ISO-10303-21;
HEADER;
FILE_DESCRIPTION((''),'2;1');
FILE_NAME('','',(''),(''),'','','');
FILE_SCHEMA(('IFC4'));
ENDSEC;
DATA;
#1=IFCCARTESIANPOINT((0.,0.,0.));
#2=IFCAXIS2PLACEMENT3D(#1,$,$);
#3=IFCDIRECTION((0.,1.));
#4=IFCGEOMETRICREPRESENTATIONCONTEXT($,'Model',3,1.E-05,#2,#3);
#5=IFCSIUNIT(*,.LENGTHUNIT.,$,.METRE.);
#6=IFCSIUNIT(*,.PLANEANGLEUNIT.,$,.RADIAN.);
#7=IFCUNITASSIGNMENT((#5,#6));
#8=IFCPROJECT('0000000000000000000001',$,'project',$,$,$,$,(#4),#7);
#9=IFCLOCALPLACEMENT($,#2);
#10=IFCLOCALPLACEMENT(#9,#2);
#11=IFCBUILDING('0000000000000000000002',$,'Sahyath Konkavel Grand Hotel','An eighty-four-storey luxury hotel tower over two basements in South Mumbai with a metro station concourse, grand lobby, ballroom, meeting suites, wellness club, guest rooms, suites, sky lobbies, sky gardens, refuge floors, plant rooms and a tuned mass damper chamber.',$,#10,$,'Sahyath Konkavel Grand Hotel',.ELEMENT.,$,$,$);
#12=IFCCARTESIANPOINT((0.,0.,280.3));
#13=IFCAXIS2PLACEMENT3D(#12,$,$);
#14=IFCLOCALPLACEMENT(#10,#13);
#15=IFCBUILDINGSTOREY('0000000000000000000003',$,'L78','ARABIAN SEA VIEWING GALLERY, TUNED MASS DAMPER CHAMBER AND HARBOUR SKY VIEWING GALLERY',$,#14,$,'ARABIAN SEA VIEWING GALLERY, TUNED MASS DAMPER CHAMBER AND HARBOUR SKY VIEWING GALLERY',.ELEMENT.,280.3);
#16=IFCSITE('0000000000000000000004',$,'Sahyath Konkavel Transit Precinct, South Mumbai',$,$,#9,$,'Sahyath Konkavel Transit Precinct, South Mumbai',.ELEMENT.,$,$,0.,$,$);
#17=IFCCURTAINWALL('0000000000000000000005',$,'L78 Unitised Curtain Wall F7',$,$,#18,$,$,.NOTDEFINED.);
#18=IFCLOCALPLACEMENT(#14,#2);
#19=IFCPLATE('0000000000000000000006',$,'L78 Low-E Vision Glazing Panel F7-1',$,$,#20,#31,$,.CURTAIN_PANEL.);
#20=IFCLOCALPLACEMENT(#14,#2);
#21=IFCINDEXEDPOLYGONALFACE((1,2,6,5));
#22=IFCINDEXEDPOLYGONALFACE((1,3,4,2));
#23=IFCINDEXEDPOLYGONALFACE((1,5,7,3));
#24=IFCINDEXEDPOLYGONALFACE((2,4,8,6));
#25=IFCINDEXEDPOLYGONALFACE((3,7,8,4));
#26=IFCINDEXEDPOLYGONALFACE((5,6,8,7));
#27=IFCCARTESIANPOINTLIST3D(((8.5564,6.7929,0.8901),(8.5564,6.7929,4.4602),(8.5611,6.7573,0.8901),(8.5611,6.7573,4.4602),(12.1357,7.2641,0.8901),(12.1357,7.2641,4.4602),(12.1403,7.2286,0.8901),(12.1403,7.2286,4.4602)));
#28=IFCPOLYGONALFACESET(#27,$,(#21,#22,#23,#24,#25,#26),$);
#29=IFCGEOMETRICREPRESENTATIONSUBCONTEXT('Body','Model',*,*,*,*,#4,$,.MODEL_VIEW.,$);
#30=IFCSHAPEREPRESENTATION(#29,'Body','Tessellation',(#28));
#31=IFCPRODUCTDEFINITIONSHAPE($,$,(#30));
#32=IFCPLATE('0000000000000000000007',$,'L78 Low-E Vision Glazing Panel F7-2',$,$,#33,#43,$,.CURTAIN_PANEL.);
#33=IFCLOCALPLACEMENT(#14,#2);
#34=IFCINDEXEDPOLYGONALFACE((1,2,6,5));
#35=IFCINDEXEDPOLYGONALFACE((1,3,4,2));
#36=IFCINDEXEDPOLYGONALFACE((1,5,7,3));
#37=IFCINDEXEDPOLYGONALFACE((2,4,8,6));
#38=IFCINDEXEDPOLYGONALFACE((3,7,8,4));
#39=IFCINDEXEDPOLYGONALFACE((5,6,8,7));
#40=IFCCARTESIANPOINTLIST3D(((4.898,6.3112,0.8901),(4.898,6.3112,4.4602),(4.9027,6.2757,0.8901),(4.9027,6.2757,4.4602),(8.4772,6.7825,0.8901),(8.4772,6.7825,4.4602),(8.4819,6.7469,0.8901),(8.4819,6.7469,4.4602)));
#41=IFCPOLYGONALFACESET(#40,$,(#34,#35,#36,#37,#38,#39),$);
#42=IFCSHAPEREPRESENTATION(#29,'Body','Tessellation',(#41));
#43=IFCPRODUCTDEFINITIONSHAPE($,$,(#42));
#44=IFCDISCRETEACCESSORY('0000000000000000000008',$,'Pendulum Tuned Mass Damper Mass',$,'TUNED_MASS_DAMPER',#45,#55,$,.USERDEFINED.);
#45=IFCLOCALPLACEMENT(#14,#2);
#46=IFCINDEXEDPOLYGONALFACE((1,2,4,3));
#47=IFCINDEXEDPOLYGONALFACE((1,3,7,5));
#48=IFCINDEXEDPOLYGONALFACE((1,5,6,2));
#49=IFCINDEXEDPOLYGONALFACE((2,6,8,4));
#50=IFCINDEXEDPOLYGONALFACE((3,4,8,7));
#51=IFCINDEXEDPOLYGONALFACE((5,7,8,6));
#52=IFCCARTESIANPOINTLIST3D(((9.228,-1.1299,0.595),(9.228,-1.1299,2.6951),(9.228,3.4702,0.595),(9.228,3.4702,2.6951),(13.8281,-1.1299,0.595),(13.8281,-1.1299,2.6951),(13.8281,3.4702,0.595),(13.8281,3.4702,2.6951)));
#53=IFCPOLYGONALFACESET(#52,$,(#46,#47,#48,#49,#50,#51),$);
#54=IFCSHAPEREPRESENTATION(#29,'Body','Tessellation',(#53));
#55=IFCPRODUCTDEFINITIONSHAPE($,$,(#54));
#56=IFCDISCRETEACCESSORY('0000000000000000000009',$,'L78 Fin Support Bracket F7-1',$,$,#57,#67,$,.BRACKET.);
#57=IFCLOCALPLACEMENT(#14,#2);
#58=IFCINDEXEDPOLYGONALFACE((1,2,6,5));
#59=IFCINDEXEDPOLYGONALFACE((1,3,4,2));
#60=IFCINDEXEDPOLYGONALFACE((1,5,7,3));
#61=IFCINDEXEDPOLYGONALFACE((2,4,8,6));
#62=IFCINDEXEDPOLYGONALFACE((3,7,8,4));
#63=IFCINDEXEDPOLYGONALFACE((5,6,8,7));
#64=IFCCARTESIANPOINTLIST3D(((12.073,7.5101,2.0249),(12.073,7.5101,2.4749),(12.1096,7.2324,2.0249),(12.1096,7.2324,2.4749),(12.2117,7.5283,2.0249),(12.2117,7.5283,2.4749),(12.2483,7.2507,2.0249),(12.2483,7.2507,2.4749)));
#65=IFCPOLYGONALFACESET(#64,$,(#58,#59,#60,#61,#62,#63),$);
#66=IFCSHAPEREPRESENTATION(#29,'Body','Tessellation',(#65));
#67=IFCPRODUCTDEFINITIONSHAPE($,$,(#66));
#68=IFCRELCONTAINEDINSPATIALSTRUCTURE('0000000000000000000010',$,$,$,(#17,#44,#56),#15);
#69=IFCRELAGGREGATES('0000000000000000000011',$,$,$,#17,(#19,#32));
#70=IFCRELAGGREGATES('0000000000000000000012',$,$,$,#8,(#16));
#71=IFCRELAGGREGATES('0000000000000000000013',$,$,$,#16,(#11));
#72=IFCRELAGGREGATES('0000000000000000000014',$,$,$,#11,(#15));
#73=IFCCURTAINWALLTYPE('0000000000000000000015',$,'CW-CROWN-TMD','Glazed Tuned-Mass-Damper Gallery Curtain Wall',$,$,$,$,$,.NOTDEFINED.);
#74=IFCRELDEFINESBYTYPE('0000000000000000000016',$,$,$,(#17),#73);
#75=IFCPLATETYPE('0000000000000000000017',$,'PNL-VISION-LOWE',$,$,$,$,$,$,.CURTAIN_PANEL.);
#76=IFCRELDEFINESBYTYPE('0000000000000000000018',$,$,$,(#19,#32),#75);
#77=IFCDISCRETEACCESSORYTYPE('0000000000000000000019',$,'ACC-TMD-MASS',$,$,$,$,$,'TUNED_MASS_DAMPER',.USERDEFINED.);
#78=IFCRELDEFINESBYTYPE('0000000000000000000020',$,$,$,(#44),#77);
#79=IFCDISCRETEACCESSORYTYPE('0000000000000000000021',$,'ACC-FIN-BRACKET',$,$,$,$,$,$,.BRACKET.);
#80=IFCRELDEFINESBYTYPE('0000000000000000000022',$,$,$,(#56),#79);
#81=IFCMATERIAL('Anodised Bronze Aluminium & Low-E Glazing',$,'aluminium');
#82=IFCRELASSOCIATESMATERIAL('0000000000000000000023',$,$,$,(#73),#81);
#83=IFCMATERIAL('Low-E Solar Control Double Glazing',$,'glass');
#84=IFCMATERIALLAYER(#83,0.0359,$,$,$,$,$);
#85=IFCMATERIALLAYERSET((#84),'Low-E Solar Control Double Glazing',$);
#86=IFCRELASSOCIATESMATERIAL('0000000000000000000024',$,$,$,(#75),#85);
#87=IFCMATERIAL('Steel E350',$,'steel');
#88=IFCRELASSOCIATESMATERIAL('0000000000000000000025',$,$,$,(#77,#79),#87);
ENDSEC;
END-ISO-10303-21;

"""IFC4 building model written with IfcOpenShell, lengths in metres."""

from ifc_helpers import new_model, si_unit, direction, frame, origin, origin_2d, place, context, subcontext, project, spatial, rectangle, extrude, source, transform, mapped, material, layer, layer_set, type_object, element, aggregate, save


model = new_model("IFC4")

# Units and contexts
model_context = context("Model", 3, precision=1e-05, world=origin(), true_north=direction((0.0, 1.0)))
body_context = subcontext(model_context, "Body", "Model", "MODEL_VIEW")
ifc_project = project(units=[si_unit("LENGTHUNIT", "METRE"), si_unit("PLANEANGLEUNIT", "RADIAN")], contexts=[model_context])

# Site, building, storey
site_placement = place(None, origin())
site = spatial("IfcSite", under=ifc_project, at=site_placement, Name="Sahyath Konkavel Transit Precinct, South Mumbai", LongName="Sahyath Konkavel Transit Precinct, South Mumbai", CompositionType="ELEMENT", RefElevation=0.0)
building_placement = place(site_placement, origin())
building = spatial("IfcBuilding", under=site, at=building_placement, Name="Sahyath Konkavel Grand Hotel", Description="An eighty-four-storey luxury hotel tower over two basements in South Mumbai with a metro station concourse, grand lobby, ballroom, meeting suites, wellness club, guest rooms, suites, sky lobbies, sky gardens, refuge floors, plant rooms and a tuned mass damper chamber.", LongName="Sahyath Konkavel Grand Hotel", CompositionType="ELEMENT")
storey_placement = place(building_placement, frame((0.0, 0.0, 280.3)))
storey = spatial("IfcBuildingStorey", under=building, at=storey_placement, Name="L78", Description="ARABIAN SEA VIEWING GALLERY, TUNED MASS DAMPER CHAMBER AND HARBOUR SKY VIEWING GALLERY", LongName="ARABIAN SEA VIEWING GALLERY, TUNED MASS DAMPER CHAMBER AND HARBOUR SKY VIEWING GALLERY", CompositionType="ELEMENT", Elevation=280.3)

# Shared definitions
ifc_material_1 = material(Name="Steel E350", Category="steel")

# Curtain wall
ifc_material_2 = material(Name="Anodised Bronze Aluminium & Low-E Glazing", Category="aluminium")
curtain_wall_type = type_object("IfcCurtainWallType", Name="CW-CROWN-TMD", Description="Glazed Tuned-Mass-Damper Gallery Curtain Wall", PredefinedType="NOTDEFINED", material=ifc_material_2)
curtain_wall_placement = place(storey_placement, origin())
curtain_wall = element("IfcCurtainWall", 1, at=curtain_wall_placement, inside=storey, type_object=curtain_wall_type, Name="L78 Unitised Curtain Wall F7", PredefinedType="NOTDEFINED")

# Plates
ifc_material_3 = material(Name="Low-E Solar Control Double Glazing", Category="glass")
ifc_layer_1 = layer(ifc_material_3, 0.0359)
ifc_layer_set_1 = layer_set([ifc_layer_1], Name="Low-E Solar Control Double Glazing")
plate_type_1 = type_object("IfcPlateType", Name="PNL-VISION-LOWE", PredefinedType="CURTAIN_PANEL", material=ifc_layer_set_1)
shared_shape_1 = source(origin(), body_context, "Body", "SweptSolid", [
    extrude(rectangle(XDim=3.6101, YDim=0.0359, at=origin_2d()), origin(), (0.0, 0.0, 1.0), 3.5701),
])
plate_1_placement = place(storey_placement, frame((10.3484, 7.0107, 0.8901), z_axis=(0.0, 0.0, 1.0), x_axis=(-0.991445, -0.130526, 0.0)))
plate_1 = element("IfcPlate", 2, at=plate_1_placement, type_object=plate_type_1, Name="L78 Low-E Vision Glazing Panel F7-1", PredefinedType="CURTAIN_PANEL", context=body_context, shape_type="MappedRepresentation", body=[
    mapped(shared_shape_1, transform((0.0, 0.0, 0.0), scale=1.0)),
])
plate_2_placement = place(storey_placement, frame((6.6899, 6.5291, 0.8901), z_axis=(0.0, 0.0, 1.0), x_axis=(-0.991445, -0.130526, 0.0)))
plate_2 = element("IfcPlate", 3, at=plate_2_placement, type_object=plate_type_1, Name="L78 Low-E Vision Glazing Panel F7-2", PredefinedType="CURTAIN_PANEL", context=body_context, shape_type="MappedRepresentation", body=[
    mapped(shared_shape_1, transform((0.0, 0.0, 0.0), scale=1.0)),
])
aggregate(curtain_wall, [plate_1, plate_2])

# Discrete accessories
discrete_accessory_type_1 = type_object("IfcDiscreteAccessoryType", Name="ACC-TMD-MASS", ElementType="TUNED_MASS_DAMPER", PredefinedType="USERDEFINED", material=ifc_material_1)
shared_shape_2 = source(origin(), body_context, "Body", "SweptSolid", [
    extrude(rectangle(XDim=4.6001, YDim=4.6001, at=origin_2d()), origin(), (0.0, 0.0, 1.0), 2.1001),
])
discrete_accessory_1_placement = place(storey_placement, frame((11.5281, 1.1702, 0.595), z_axis=(0.0, 0.0, 1.0), x_axis=(1.0, 0.0, 0.0)))
element("IfcDiscreteAccessory", 4, at=discrete_accessory_1_placement, inside=storey, type_object=discrete_accessory_type_1, Name="Pendulum Tuned Mass Damper Mass", ObjectType="TUNED_MASS_DAMPER", PredefinedType="USERDEFINED", context=body_context, shape_type="MappedRepresentation", body=[
    mapped(shared_shape_2, transform((0.0, 0.0, 0.0), scale=1.0)),
])
discrete_accessory_type_2 = type_object("IfcDiscreteAccessoryType", Name="ACC-FIN-BRACKET", PredefinedType="BRACKET", material=ifc_material_1)
shared_shape_3 = source(origin(), body_context, "Body", "SweptSolid", [
    extrude(rectangle(XDim=0.28, YDim=0.1399, at=origin_2d()), origin(), (0.0, 0.0, 1.0), 0.45),
])
discrete_accessory_2_placement = place(storey_placement, frame((12.1606, 7.3804, 2.0249), z_axis=(0.0, 0.0, 1.0), x_axis=(-0.130526, 0.991445, 0.0)))
element("IfcDiscreteAccessory", 5, at=discrete_accessory_2_placement, inside=storey, type_object=discrete_accessory_type_2, Name="L78 Fin Support Bracket F7-1", PredefinedType="BRACKET", context=body_context, shape_type="MappedRepresentation", body=[
    mapped(shared_shape_3, transform((0.0, 0.0, 0.0), scale=1.0)),
])

save(model, "model.ifc")
